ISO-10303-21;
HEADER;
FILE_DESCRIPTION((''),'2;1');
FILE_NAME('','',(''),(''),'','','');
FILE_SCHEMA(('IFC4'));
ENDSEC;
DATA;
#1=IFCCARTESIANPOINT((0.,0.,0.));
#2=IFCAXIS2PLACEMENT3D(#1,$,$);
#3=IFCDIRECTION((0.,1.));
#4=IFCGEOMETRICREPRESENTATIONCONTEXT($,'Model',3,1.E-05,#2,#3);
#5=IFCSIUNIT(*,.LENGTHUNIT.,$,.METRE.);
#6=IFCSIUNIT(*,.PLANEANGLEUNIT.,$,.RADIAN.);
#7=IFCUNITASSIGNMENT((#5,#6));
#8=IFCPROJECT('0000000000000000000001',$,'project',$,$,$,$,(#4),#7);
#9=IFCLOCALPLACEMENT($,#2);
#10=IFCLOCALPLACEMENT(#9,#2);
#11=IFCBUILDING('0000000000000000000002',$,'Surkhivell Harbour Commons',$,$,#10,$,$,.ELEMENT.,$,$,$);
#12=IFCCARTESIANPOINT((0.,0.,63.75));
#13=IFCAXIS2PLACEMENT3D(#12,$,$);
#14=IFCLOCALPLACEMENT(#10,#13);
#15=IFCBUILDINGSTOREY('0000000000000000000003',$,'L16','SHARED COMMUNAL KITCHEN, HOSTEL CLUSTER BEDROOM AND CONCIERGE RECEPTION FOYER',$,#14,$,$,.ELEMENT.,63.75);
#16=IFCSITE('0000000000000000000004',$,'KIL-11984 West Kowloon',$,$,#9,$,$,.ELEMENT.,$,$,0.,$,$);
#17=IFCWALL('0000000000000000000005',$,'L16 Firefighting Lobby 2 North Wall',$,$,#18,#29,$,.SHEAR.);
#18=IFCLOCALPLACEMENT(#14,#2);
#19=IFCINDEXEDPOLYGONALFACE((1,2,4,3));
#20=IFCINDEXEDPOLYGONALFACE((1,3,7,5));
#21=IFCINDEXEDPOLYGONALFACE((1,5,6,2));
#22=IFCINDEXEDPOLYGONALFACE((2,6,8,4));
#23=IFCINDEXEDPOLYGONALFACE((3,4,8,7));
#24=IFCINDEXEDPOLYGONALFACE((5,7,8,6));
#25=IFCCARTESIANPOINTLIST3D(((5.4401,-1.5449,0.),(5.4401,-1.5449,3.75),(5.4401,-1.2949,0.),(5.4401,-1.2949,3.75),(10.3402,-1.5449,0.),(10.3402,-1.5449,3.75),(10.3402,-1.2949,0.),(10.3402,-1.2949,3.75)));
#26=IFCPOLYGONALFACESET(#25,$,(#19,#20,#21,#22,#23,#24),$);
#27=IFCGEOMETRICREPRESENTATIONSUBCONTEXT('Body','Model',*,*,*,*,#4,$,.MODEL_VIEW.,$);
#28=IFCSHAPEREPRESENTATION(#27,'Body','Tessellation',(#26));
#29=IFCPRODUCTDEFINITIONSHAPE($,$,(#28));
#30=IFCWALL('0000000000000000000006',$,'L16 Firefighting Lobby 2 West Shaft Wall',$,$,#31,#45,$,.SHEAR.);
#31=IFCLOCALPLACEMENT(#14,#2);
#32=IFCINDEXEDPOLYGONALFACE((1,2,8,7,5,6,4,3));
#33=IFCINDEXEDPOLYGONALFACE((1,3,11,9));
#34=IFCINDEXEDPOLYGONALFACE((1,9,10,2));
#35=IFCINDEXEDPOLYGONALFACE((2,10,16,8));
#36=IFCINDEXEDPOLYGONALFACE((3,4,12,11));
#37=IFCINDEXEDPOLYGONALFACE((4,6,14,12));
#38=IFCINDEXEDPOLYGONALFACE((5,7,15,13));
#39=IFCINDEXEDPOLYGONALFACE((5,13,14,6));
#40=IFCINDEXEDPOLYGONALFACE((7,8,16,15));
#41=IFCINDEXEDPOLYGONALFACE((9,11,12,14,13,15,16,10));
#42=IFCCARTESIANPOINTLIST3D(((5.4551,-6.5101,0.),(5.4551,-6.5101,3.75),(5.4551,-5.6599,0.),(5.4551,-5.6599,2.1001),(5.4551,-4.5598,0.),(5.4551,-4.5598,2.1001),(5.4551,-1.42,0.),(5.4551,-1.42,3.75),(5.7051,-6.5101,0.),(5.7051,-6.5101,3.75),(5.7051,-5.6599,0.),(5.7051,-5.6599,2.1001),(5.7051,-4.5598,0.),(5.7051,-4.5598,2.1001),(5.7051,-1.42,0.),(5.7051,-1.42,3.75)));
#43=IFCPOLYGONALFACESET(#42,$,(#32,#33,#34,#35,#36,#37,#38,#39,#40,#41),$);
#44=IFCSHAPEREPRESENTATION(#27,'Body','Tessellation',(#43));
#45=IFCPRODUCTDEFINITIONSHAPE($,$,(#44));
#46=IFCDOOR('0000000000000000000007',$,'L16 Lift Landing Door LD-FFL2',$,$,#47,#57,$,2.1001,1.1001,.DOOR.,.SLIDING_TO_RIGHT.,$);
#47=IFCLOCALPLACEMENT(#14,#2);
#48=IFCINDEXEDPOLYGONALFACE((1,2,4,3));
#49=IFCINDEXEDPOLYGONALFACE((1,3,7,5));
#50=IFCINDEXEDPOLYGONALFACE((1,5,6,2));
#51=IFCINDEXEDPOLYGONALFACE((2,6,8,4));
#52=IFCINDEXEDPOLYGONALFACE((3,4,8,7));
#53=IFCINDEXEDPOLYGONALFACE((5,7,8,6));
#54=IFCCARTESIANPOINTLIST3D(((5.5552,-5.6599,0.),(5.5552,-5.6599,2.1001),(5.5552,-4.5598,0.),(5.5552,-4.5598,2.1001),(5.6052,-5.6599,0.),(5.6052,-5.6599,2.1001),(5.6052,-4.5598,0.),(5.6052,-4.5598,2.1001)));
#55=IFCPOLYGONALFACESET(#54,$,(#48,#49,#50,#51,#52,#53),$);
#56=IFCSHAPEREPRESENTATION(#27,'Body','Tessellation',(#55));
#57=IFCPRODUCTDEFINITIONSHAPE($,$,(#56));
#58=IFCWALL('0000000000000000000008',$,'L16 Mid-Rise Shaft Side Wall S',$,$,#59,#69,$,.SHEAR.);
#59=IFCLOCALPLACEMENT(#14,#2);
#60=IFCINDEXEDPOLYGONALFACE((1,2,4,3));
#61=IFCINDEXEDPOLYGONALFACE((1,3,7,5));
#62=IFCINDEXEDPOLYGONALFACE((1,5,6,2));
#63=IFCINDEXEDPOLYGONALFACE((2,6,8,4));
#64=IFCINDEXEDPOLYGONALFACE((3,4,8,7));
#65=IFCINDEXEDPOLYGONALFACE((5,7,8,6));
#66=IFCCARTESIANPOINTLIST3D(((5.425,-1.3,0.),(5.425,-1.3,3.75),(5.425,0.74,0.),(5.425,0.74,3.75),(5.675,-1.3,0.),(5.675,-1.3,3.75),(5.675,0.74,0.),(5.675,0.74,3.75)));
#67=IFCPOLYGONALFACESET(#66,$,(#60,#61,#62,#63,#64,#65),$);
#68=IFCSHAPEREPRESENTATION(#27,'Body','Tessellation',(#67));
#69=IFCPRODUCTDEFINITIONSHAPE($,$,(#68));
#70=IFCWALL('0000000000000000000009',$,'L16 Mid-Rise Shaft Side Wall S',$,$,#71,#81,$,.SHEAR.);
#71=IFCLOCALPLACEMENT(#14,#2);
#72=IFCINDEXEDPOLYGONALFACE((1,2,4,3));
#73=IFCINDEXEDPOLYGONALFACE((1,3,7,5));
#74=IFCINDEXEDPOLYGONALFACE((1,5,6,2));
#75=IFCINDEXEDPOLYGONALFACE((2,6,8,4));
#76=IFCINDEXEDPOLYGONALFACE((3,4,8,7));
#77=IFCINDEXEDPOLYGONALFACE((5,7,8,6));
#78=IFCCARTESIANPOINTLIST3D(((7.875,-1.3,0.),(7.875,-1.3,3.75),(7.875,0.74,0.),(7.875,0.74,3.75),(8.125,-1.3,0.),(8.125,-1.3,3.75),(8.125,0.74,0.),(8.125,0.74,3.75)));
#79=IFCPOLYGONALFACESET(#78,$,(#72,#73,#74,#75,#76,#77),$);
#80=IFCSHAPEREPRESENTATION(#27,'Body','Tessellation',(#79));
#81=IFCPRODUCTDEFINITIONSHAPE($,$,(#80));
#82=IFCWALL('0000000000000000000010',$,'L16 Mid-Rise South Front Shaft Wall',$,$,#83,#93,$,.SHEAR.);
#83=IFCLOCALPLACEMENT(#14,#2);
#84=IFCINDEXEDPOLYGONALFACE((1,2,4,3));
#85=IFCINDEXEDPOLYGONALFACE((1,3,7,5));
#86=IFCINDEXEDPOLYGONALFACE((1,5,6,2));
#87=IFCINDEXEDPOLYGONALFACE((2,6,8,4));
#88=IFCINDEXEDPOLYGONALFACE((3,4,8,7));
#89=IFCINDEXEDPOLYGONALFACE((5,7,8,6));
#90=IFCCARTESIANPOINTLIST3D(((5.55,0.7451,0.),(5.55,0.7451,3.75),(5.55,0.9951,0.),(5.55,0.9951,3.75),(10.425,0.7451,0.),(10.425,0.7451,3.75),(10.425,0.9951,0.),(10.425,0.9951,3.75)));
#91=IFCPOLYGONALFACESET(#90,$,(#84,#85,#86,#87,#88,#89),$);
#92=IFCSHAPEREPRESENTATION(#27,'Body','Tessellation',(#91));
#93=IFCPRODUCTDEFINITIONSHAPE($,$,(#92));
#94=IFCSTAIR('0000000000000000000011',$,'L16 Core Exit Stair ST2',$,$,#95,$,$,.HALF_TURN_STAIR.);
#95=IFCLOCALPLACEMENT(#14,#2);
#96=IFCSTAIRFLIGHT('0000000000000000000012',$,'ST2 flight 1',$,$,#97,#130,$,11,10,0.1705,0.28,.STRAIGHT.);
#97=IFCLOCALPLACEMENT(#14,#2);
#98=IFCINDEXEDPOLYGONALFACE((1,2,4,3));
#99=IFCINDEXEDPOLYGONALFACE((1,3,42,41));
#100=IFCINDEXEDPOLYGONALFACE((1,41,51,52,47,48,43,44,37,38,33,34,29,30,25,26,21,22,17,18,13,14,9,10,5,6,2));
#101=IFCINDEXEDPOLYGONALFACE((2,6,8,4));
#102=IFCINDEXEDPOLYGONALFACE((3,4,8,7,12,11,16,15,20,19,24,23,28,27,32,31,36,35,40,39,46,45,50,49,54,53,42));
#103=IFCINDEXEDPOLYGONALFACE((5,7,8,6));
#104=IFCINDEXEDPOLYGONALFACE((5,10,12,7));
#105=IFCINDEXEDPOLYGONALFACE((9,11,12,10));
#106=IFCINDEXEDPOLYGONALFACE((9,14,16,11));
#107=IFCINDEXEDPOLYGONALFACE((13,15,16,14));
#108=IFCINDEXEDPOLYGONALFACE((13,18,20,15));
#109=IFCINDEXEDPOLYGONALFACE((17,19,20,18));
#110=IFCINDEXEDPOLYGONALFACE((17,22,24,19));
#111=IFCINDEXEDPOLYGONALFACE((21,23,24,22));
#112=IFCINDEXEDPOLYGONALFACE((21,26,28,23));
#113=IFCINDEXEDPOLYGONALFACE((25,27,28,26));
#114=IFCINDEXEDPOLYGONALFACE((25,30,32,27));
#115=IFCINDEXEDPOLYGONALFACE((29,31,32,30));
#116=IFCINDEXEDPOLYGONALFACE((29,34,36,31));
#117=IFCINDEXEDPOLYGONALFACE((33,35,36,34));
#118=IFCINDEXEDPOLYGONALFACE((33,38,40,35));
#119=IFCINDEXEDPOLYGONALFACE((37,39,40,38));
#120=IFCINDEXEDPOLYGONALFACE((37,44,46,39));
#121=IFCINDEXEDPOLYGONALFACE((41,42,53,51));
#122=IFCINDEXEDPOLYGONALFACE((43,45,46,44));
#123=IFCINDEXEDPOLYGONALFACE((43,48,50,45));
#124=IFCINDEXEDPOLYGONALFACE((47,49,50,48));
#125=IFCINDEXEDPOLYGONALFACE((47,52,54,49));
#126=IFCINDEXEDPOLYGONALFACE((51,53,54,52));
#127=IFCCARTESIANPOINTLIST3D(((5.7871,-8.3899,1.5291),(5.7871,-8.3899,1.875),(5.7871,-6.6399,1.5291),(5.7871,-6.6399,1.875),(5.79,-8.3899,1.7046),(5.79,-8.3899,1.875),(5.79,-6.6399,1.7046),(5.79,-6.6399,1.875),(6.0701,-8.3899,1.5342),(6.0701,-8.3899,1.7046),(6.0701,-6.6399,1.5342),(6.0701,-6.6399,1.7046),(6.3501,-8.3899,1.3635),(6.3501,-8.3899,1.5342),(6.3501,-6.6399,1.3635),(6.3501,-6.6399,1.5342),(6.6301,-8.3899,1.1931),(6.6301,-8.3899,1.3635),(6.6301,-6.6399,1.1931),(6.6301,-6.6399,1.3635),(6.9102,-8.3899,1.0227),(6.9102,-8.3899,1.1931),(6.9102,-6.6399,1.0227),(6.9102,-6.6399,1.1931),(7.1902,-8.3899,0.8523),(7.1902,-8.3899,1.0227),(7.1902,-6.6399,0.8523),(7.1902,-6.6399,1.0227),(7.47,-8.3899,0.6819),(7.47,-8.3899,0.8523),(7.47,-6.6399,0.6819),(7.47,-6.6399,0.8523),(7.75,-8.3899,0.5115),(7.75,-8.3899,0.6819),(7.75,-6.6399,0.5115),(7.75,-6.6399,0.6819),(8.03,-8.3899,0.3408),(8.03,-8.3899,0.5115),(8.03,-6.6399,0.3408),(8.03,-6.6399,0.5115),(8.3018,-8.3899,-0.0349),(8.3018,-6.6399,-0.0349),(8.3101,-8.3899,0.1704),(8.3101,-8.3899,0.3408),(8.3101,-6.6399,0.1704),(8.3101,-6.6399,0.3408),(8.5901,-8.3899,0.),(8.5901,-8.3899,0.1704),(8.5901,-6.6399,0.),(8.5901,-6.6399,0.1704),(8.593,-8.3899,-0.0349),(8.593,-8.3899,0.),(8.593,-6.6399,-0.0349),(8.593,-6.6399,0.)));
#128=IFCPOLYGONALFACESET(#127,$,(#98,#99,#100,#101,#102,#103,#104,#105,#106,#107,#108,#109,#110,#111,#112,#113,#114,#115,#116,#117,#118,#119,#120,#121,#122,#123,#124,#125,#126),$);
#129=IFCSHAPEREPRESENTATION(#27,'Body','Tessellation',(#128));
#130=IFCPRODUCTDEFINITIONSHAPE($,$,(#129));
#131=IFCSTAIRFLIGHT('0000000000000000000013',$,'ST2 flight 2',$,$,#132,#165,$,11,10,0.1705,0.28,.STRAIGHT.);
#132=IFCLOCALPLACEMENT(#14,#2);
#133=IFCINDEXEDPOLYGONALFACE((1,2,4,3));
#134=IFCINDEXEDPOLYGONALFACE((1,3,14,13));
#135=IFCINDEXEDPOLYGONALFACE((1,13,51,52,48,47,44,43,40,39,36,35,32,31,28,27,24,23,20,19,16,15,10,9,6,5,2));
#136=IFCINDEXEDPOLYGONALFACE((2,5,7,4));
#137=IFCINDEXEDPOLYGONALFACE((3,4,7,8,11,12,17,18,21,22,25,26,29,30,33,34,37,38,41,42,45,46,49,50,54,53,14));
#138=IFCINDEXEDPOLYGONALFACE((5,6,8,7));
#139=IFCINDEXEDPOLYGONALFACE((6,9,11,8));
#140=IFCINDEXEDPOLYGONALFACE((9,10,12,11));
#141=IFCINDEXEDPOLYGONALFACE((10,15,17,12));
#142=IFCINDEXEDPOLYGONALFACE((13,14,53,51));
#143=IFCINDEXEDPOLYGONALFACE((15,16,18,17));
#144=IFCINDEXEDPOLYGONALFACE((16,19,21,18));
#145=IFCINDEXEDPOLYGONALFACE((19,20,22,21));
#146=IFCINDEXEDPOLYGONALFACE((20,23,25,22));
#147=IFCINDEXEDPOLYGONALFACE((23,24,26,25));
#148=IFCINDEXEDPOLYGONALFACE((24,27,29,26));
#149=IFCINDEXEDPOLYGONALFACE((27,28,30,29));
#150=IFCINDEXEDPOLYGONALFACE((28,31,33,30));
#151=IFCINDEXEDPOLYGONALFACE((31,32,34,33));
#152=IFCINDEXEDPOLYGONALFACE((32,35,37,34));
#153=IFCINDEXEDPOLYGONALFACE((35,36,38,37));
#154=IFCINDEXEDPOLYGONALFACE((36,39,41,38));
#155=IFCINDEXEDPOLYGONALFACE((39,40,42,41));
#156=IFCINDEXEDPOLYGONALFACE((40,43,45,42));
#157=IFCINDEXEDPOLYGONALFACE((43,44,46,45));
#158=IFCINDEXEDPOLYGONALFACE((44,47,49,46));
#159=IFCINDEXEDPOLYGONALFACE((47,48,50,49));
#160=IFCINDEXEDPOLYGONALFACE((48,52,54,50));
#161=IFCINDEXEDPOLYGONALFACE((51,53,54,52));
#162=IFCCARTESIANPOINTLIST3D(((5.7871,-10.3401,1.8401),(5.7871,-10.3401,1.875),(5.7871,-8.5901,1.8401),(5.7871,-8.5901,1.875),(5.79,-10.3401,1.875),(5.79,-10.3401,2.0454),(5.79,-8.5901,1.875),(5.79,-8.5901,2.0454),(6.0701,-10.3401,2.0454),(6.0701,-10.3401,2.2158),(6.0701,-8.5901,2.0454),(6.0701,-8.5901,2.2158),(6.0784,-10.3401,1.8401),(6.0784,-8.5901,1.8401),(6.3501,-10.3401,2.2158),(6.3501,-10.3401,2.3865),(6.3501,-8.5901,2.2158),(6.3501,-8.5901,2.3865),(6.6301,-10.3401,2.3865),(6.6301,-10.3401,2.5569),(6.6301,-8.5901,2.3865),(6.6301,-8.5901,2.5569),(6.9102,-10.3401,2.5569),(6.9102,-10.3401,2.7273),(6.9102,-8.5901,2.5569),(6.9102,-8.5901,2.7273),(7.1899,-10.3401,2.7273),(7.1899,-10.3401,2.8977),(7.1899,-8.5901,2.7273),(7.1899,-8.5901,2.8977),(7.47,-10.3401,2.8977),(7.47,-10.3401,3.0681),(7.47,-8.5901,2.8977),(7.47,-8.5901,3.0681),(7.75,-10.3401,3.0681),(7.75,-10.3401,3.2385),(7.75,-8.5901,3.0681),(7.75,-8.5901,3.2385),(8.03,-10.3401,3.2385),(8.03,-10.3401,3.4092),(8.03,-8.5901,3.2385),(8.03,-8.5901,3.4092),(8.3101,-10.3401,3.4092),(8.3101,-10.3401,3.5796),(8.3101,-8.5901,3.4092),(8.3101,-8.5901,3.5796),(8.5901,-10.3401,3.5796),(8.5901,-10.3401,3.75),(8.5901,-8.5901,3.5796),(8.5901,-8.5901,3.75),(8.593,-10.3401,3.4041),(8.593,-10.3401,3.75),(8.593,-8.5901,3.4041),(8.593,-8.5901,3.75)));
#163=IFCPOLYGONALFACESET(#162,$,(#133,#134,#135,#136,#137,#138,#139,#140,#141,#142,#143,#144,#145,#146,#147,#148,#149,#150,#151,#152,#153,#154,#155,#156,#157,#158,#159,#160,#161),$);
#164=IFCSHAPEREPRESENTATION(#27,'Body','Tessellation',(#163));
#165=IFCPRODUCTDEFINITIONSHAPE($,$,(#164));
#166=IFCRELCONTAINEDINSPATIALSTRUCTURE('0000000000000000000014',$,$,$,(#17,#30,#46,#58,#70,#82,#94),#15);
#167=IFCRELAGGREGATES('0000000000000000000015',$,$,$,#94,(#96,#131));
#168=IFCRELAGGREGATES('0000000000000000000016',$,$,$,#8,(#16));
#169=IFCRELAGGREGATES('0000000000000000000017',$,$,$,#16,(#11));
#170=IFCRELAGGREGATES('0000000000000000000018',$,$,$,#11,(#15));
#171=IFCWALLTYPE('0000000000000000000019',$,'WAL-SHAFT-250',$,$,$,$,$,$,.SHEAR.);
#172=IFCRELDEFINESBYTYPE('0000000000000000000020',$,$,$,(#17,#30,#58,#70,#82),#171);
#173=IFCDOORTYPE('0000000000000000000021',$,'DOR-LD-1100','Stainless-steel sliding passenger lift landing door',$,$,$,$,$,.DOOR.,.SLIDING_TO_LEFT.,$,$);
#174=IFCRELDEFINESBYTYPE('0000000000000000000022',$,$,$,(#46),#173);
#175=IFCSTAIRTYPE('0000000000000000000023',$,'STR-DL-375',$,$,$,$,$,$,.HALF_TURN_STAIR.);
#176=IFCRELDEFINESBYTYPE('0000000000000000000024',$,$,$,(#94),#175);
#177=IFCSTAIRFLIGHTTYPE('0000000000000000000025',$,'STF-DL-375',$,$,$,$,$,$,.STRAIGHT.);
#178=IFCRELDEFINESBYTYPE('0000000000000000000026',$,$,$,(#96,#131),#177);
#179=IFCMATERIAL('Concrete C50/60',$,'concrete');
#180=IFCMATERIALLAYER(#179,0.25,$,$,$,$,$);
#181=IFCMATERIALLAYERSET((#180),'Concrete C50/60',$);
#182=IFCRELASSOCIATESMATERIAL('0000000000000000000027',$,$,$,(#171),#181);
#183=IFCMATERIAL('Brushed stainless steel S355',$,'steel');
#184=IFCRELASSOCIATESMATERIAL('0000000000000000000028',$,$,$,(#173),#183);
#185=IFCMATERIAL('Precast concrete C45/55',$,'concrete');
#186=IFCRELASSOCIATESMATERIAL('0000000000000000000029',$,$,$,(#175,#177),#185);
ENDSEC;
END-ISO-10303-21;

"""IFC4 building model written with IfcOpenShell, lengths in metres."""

from ifc_helpers import new_model, si_unit, direction, frame, frame_2d, origin, place, context, subcontext, project, spatial, polyline, rectangle, outline, extrude, material, layer, layer_set, type_object, element, fill, aggregate, save


model = new_model("IFC4")

# Units and contexts
model_context = context("Model", 3, precision=1e-05, world=origin(), true_north=direction((0.0, 1.0)))
body_context = subcontext(model_context, "Body", "Model", "MODEL_VIEW")
ifc_project = project(units=[si_unit("LENGTHUNIT", "METRE"), si_unit("PLANEANGLEUNIT", "RADIAN")], contexts=[model_context])

# Site, building, storey
site_placement = place(None, origin())
site = spatial("IfcSite", under=ifc_project, at=site_placement, Name="KIL-11984 West Kowloon", CompositionType="ELEMENT", RefElevation=0.0)
building_placement = place(site_placement, origin())
building = spatial("IfcBuilding", under=site, at=building_placement, Name="Surkhivell Harbour Commons", CompositionType="ELEMENT")
storey_placement = place(building_placement, frame((0.0, 0.0, 63.75)))
storey = spatial("IfcBuildingStorey", under=building, at=storey_placement, Name="L16", Description="SHARED COMMUNAL KITCHEN, HOSTEL CLUSTER BEDROOM AND CONCIERGE RECEPTION FOYER", CompositionType="ELEMENT", Elevation=63.75)

# Wall
ifc_material_1 = material(Name="Concrete C50/60", Category="concrete")
ifc_layer_1 = layer(ifc_material_1, 0.25)
ifc_layer_set_1 = layer_set([ifc_layer_1], Name="Concrete C50/60")
wall_type_1 = type_object("IfcWallType", Name="WAL-SHAFT-250", PredefinedType="SHEAR", material=ifc_layer_set_1)
wall_1_placement = place(storey_placement, frame((5.4399, -1.4199, 0.0), z_axis=(0.0, 0.0, 1.0), x_axis=(1.0, 0.0, 0.0)))
element("IfcWall", 1, at=wall_1_placement, inside=storey, type_object=wall_type_1, Name="L16 Firefighting Lobby 2 North Wall", PredefinedType="SHEAR", context=body_context, shape_type="SweptSolid", body=[
    extrude(rectangle(XDim=4.9001, YDim=0.25, at=frame_2d((2.4502, 0.0))), origin(), (0.0, 0.0, 1.0), 3.75),
])

# Wall, opening, door
wall_2_placement = place(storey_placement, frame((5.5801, -6.51, 0.0), z_axis=(0.0, 0.0, 1.0), x_axis=(0.0, 1.0, 0.0)))
wall_2 = element("IfcWall", 2, at=wall_2_placement, inside=storey, type_object=wall_type_1, Name="L16 Firefighting Lobby 2 West Shaft Wall", PredefinedType="SHEAR", context=body_context, shape_type="SweptSolid", body=[
    extrude(rectangle(XDim=5.0901, YDim=0.25, at=frame_2d((2.5449, 0.0))), origin(), (0.0, 0.0, 1.0), 3.75),
])
opening_placement = place(wall_2_placement, frame((0.8501, 0.0, 0.0)))
opening = element("IfcOpeningElement", 3, at=opening_placement, cuts=wall_2, PredefinedType="OPENING", context=body_context, shape_type="SweptSolid", body=[
    extrude(rectangle(XDim=1.1001, YDim=2.1001, at=frame_2d((0.55, 1.05))), frame((0.0, 0.135, 0.0), z_axis=(0.0, -1.0, 0.0), x_axis=(1.0, 0.0, 0.0)), (0.0, 0.0, 1.0), 0.27),
])
ifc_material_2 = material(Name="Brushed stainless steel S355", Category="steel")
door_type = type_object("IfcDoorType", Name="DOR-LD-1100", Description="Stainless-steel sliding passenger lift landing door", OperationType="SLIDING_TO_LEFT", PredefinedType="DOOR", material=ifc_material_2)
door_placement = place(opening_placement, origin())
door = element("IfcDoor", 4, at=door_placement, inside=storey, type_object=door_type, Name="L16 Lift Landing Door LD-FFL2", OperationType="SLIDING_TO_RIGHT", OverallHeight=2.1001, OverallWidth=1.1001, PredefinedType="DOOR", context=body_context, shape_type="SweptSolid", body=[
    extrude(rectangle(XDim=1.1001, YDim=2.1001, at=frame_2d((0.55, 1.05))), frame((0.0, 0.0249, 0.0), z_axis=(0.0, -1.0, 0.0), x_axis=(1.0, 0.0, 0.0)), (0.0, 0.0, 1.0), 0.05),
])
fill(opening, door)

# Walls
for number, where, z_axis, x_axis, name in (
    (5, (5.55, -1.3, 0.0), (0.0, 0.0, 1.0), (0.0, 1.0, 0.0), "L16 Mid-Rise Shaft Side Wall S"),
    (6, (8.0, -1.3, 0.0), (0.0, 0.0, 1.0), (0.0, 1.0, 0.0), "L16 Mid-Rise Shaft Side Wall S"),
):
    element("IfcWall", number, at=place(storey_placement, frame(where, z_axis=z_axis, x_axis=x_axis)), inside=storey, type_object=wall_type_1, Name=name, PredefinedType="SHEAR", context=body_context, shape_type="SweptSolid", body=[
        extrude(rectangle(XDim=2.04, YDim=0.25, at=frame_2d((1.02, 0.0))), origin(), (0.0, 0.0, 1.0), 3.75),
    ])
wall_3_placement = place(storey_placement, frame((5.55, 0.8701, 0.0), z_axis=(0.0, 0.0, 1.0), x_axis=(1.0, 0.0, 0.0)))
element("IfcWall", 7, at=wall_3_placement, inside=storey, type_object=wall_type_1, Name="L16 Mid-Rise South Front Shaft Wall", PredefinedType="SHEAR", context=body_context, shape_type="SweptSolid", body=[
    extrude(rectangle(XDim=4.875, YDim=0.25, at=frame_2d((2.4375, 0.0))), origin(), (0.0, 0.0, 1.0), 3.75),
])

# Stair, stair flights
ifc_material_3 = material(Name="Precast concrete C45/55", Category="concrete")
stair_type = type_object("IfcStairType", Name="STR-DL-375", PredefinedType="HALF_TURN_STAIR", material=ifc_material_3)
stair_placement = place(storey_placement, origin())
stair = element("IfcStair", 8, at=stair_placement, inside=storey, type_object=stair_type, Name="L16 Core Exit Stair ST2", PredefinedType="HALF_TURN_STAIR")
stair_flight_type = type_object("IfcStairFlightType", Name="STF-DL-375", PredefinedType="STRAIGHT", material=ifc_material_3)
stair_flight_1_placement = place(storey_placement, frame((8.5901, -7.5149, 0.0), z_axis=(0.0, 0.0, 1.0), x_axis=(-1.0, 0.0, 0.0)))
stair_flight_1 = element("IfcStairFlight", 9, at=stair_flight_1_placement, type_object=stair_flight_type, Name="ST2 flight 1", NumberOfRisers=11, NumberOfTreads=10, PredefinedType="STRAIGHT", RiserHeight=0.1705, TreadLength=0.28, context=body_context, shape_type="SweptSolid", body=[
    extrude(outline(polyline([(-0.0029, -0.0349), (-0.0029, 0.0), (0.0, 0.0), (0.0, 0.1704), (0.28, 0.1704), (0.28, 0.3408), (0.5601, 0.3408), (0.5601, 0.5115), (0.8401, 0.5115), (0.8401, 0.6819), (1.1201, 0.6819), (1.1201, 0.8523), (1.3999, 0.8523), (1.3999, 1.0227), (1.6799, 1.0227), (1.6799, 1.1931), (1.96, 1.1931), (1.96, 1.3635), (2.24, 1.3635), (2.24, 1.5342), (2.52, 1.5342), (2.52, 1.7046), (2.8, 1.7046), (2.8, 1.875), (2.803, 1.875), (2.803, 1.5291), (0.2883, -0.0349), (-0.0029, -0.0349)])), frame((0.0, 0.875, 0.0), z_axis=(0.0, -1.0, 0.0), x_axis=(1.0, 0.0, 0.0)), (0.0, 0.0, 1.0), 1.75),
])
stair_flight_2_placement = place(storey_placement, frame((5.79, -9.4651, 1.875), z_axis=(0.0, 0.0, 1.0), x_axis=(1.0, 0.0, 0.0)))
stair_flight_2 = element("IfcStairFlight", 10, at=stair_flight_2_placement, type_object=stair_flight_type, Name="ST2 flight 2", NumberOfRisers=11, NumberOfTreads=10, PredefinedType="STRAIGHT", RiserHeight=0.1705, TreadLength=0.28, context=body_context, shape_type="SweptSolid", body=[
    extrude(outline(polyline([(-0.0029, -0.0349), (-0.0029, 0.0), (0.0, 0.0), (0.0, 0.1704), (0.28, 0.1704), (0.28, 0.3408), (0.5601, 0.3408), (0.5601, 0.5115), (0.8401, 0.5115), (0.8401, 0.6819), (1.1201, 0.6819), (1.1201, 0.8523), (1.3999, 0.8523), (1.3999, 1.0227), (1.6799, 1.0227), (1.6799, 1.1931), (1.96, 1.1931), (1.96, 1.3635), (2.24, 1.3635), (2.24, 1.5342), (2.52, 1.5342), (2.52, 1.7046), (2.8, 1.7046), (2.8, 1.875), (2.803, 1.875), (2.803, 1.5291), (0.2883, -0.0349), (-0.0029, -0.0349)])), frame((0.0, 0.875, 0.0), z_axis=(0.0, -1.0, 0.0), x_axis=(1.0, 0.0, 0.0)), (0.0, 0.0, 1.0), 1.75),
])
aggregate(stair, [stair_flight_1, stair_flight_2])

save(model, "model.ifc")
